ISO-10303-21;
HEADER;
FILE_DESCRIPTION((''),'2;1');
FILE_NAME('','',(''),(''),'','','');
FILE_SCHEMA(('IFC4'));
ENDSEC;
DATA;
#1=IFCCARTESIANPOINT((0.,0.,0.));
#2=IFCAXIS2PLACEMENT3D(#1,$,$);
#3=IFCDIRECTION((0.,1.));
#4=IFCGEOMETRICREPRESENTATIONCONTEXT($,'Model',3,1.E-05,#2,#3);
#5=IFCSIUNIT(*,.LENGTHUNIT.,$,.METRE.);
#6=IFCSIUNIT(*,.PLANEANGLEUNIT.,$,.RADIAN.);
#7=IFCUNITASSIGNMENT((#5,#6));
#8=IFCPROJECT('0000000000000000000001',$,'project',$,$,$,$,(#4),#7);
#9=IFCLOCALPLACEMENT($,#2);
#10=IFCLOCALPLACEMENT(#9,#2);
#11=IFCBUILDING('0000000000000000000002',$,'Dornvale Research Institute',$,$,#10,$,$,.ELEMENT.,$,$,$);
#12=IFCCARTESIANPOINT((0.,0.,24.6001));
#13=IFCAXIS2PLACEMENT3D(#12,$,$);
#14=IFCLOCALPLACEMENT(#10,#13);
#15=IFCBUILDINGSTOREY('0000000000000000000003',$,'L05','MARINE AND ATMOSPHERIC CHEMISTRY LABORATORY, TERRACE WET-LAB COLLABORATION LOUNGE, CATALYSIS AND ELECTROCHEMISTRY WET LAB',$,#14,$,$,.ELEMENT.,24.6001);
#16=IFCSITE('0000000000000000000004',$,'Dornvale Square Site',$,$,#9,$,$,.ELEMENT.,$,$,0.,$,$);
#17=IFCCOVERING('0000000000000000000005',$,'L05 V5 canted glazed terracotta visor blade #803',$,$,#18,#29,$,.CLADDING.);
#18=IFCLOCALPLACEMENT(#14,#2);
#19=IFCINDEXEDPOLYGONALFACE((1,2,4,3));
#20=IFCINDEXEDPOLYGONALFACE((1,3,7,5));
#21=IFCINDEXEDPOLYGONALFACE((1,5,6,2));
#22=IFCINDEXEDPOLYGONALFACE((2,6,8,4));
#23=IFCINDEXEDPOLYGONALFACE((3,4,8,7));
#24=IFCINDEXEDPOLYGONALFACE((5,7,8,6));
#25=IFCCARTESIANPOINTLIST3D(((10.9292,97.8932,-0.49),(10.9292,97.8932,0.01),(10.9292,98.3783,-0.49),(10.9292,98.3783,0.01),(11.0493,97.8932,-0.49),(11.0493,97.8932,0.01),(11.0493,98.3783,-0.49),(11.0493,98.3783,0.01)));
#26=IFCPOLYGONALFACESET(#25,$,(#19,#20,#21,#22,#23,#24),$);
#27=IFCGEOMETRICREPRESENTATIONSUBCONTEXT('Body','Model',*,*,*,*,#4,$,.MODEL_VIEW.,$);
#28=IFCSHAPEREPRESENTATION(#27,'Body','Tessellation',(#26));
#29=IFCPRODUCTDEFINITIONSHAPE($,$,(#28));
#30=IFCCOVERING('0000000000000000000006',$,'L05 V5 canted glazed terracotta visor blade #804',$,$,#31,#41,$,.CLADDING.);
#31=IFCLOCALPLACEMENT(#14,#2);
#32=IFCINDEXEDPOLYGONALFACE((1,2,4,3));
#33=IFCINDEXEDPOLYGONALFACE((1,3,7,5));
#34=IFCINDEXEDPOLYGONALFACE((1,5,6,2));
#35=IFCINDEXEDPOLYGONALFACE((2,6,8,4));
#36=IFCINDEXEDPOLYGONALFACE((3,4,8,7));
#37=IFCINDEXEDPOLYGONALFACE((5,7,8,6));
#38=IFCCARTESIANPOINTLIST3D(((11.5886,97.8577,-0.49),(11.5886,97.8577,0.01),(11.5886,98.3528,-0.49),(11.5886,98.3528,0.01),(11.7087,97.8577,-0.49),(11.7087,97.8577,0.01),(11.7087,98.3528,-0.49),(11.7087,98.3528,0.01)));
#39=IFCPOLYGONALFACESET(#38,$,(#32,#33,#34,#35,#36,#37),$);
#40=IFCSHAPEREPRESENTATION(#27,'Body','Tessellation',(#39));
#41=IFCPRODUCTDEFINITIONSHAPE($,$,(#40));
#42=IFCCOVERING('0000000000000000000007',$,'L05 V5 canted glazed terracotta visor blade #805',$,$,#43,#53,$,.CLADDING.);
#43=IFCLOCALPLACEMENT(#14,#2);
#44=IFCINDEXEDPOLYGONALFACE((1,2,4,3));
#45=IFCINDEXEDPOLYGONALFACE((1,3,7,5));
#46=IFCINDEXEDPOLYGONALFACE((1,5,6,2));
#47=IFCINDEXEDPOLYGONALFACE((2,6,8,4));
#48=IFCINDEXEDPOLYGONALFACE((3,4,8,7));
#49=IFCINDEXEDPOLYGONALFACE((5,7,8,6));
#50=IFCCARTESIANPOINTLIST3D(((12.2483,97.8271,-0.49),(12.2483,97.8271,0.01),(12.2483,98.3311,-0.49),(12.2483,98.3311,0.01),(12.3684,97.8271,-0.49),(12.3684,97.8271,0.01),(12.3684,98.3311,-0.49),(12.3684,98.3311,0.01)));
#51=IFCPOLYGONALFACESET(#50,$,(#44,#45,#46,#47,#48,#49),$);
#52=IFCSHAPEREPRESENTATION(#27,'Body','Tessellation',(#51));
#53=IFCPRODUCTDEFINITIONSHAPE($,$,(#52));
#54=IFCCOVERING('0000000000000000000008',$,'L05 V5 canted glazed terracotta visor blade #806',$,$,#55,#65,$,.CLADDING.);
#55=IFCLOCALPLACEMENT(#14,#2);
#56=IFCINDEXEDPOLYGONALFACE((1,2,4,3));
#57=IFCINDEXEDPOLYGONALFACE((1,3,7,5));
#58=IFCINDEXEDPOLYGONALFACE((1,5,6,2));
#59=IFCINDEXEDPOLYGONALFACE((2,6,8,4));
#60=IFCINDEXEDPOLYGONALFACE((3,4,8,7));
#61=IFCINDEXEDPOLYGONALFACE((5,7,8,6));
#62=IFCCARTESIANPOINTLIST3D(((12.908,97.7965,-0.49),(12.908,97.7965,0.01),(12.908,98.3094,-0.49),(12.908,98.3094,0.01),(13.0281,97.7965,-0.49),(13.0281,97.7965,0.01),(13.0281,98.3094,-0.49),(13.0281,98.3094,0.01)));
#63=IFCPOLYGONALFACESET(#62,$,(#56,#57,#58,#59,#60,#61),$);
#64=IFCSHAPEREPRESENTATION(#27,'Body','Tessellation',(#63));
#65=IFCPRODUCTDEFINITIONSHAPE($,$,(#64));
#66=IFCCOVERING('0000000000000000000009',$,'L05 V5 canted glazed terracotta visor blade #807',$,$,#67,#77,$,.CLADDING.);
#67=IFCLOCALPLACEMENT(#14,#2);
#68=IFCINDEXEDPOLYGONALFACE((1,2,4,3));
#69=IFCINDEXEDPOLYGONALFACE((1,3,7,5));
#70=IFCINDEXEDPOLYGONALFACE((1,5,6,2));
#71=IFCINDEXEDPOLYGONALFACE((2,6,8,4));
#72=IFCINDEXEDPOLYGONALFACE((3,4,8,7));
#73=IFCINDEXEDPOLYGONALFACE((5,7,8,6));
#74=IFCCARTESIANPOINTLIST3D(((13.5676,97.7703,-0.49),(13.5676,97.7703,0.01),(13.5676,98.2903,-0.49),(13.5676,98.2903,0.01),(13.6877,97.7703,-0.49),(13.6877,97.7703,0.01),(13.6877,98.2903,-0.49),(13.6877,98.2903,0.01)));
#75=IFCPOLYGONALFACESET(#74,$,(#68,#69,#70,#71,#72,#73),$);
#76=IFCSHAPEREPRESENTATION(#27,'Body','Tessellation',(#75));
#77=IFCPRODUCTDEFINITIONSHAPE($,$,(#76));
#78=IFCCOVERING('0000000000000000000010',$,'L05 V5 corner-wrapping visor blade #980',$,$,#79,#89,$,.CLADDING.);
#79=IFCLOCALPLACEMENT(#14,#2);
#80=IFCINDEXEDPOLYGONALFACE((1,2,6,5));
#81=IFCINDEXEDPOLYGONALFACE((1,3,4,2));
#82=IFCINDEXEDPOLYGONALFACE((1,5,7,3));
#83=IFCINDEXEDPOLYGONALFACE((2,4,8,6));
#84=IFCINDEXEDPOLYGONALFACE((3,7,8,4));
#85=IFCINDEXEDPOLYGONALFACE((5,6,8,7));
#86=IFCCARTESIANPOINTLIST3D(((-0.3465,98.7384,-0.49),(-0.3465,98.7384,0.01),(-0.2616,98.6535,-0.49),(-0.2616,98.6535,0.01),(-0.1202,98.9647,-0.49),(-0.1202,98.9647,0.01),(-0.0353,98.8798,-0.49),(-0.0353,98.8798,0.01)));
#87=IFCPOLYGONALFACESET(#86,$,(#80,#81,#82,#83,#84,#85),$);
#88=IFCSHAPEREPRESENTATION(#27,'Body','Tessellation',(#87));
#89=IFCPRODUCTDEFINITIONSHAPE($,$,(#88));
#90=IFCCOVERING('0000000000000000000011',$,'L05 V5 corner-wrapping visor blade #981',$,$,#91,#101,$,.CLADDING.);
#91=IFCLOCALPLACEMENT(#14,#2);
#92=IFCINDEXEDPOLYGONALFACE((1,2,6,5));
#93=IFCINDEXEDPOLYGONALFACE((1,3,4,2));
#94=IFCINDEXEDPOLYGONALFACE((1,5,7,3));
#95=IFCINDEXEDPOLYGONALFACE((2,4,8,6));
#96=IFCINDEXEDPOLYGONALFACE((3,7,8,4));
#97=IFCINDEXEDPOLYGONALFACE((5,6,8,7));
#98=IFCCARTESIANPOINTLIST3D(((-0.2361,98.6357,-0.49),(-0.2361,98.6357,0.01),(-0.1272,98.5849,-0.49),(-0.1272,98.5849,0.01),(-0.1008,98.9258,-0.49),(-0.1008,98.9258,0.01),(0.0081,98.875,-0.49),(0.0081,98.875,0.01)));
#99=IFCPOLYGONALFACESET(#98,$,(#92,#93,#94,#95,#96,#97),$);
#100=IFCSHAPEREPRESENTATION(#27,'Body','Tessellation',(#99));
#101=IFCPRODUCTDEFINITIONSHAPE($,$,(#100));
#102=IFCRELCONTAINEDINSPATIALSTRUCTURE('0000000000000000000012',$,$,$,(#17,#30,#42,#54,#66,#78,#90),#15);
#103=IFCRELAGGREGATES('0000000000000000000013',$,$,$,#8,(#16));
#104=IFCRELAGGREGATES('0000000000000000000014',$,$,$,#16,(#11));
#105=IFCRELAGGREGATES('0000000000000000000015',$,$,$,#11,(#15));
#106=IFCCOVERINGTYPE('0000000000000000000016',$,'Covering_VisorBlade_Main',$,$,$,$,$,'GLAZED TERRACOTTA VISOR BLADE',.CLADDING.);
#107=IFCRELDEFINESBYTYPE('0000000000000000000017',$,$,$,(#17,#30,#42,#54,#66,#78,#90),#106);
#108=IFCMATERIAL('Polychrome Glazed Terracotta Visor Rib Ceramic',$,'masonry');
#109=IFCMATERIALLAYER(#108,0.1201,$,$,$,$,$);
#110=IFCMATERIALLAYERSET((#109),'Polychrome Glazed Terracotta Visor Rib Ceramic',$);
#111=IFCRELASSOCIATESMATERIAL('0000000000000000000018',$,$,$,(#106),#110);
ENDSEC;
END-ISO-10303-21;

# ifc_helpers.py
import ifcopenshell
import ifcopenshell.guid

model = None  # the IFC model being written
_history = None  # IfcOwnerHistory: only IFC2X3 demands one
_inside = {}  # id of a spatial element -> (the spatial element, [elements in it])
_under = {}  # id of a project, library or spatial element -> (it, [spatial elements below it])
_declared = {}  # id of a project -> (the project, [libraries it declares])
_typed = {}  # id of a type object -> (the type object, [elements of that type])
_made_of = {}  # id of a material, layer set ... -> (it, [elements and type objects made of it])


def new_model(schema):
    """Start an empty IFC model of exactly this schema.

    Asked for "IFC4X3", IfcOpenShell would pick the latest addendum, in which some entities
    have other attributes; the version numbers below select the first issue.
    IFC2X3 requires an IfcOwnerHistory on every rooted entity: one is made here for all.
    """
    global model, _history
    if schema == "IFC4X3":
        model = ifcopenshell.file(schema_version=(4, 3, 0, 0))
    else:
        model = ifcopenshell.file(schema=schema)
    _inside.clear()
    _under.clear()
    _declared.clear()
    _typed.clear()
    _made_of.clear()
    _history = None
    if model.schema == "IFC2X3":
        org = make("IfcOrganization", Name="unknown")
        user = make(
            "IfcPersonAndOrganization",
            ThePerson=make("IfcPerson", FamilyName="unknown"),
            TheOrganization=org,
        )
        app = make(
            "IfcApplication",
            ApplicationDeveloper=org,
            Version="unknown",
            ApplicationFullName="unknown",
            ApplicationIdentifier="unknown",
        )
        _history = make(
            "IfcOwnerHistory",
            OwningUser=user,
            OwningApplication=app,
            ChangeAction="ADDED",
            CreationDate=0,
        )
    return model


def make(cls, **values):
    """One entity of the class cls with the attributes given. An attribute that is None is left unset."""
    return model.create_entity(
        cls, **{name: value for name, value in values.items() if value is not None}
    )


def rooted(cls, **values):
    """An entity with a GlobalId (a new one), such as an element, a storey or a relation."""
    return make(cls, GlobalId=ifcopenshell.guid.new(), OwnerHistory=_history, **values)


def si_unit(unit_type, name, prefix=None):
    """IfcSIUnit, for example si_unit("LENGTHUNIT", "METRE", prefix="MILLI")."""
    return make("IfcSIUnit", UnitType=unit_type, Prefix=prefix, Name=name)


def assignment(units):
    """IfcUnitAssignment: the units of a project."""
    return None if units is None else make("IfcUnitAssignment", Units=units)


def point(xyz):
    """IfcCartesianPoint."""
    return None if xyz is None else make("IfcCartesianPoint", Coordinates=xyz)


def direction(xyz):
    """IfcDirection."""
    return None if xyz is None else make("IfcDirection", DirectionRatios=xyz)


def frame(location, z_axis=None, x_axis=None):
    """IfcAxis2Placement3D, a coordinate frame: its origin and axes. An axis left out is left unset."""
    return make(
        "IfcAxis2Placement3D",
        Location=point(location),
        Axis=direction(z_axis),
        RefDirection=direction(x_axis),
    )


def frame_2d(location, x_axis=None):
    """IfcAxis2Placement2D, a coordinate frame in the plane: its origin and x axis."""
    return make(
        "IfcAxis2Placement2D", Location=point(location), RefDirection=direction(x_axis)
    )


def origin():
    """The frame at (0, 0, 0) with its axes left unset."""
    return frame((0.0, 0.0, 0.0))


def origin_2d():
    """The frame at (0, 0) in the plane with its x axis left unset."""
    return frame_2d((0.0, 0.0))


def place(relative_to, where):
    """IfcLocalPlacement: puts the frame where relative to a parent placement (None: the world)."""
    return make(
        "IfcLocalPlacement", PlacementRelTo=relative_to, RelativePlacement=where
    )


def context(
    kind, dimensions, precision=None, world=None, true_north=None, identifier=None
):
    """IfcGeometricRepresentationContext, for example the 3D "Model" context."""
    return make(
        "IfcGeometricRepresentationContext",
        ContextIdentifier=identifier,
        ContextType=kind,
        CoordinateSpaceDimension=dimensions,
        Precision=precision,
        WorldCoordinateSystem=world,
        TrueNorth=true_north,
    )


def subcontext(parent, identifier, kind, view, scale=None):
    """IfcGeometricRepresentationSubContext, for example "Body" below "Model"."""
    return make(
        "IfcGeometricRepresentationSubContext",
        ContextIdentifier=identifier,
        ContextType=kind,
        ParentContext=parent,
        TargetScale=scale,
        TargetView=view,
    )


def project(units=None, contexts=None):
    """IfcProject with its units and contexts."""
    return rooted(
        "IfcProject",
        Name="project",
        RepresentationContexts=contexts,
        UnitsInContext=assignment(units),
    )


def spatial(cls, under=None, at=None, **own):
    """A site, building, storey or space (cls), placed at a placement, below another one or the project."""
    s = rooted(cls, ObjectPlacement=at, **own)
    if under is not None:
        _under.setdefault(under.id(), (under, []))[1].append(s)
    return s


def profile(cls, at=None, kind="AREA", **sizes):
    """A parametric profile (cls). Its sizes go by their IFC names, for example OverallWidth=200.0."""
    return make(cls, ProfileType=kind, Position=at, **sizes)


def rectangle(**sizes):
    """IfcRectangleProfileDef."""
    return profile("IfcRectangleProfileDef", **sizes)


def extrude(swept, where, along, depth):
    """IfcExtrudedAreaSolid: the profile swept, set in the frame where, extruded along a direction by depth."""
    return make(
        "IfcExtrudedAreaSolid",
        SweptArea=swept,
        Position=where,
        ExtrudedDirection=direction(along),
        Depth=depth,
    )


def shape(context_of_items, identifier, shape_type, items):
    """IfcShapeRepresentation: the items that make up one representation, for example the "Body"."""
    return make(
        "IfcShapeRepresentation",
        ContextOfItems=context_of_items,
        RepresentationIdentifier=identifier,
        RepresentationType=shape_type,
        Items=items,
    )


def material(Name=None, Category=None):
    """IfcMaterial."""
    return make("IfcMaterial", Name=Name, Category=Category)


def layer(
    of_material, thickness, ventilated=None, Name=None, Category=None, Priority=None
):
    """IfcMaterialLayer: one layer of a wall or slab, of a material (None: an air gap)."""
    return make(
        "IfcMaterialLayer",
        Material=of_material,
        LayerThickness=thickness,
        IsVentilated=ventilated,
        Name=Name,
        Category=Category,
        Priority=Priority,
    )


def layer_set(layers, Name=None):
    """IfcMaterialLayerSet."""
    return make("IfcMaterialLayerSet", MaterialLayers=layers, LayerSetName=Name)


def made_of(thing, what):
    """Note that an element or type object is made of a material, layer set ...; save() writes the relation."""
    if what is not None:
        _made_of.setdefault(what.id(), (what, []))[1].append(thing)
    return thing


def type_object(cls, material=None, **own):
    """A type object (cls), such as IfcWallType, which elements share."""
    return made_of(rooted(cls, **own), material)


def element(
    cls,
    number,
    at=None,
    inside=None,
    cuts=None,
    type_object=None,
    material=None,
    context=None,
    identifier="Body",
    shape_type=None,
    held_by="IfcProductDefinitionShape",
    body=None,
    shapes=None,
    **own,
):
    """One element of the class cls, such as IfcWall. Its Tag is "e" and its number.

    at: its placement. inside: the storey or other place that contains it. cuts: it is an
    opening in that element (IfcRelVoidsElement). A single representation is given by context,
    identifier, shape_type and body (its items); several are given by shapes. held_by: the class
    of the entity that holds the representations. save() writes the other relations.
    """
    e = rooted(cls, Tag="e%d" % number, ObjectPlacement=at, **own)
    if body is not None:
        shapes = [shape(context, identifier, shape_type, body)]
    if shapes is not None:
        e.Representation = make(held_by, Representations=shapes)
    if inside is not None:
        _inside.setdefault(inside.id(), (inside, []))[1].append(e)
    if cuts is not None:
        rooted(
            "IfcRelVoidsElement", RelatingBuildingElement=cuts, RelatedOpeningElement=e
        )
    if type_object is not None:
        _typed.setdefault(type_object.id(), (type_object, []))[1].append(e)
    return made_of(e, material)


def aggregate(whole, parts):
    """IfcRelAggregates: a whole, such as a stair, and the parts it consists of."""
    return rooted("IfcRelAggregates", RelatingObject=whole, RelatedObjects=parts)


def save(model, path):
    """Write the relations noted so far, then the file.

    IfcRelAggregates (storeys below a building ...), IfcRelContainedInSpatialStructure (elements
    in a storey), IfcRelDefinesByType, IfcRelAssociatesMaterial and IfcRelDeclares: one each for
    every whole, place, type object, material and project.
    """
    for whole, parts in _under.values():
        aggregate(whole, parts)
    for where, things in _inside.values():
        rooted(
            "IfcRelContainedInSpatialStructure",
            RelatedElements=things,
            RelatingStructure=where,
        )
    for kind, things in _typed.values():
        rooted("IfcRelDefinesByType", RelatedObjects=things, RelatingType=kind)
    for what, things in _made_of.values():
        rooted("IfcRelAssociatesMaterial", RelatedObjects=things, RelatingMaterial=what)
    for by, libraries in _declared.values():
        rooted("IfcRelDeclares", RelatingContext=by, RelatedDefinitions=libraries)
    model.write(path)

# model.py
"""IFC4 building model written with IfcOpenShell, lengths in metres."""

from ifc_helpers import new_model, si_unit, direction, frame, origin, origin_2d, place, context, subcontext, project, spatial, rectangle, extrude, material, layer, layer_set, type_object, element, save


model = new_model("IFC4")

# Units and contexts
model_context = context("Model", 3, precision=1e-05, world=origin(), true_north=direction((0.0, 1.0)))
body_context = subcontext(model_context, "Body", "Model", "MODEL_VIEW")
ifc_project = project(units=[si_unit("LENGTHUNIT", "METRE"), si_unit("PLANEANGLEUNIT", "RADIAN")], contexts=[model_context])

# Site, building, storey
site_placement = place(None, origin())
site = spatial("IfcSite", under=ifc_project, at=site_placement, Name="Dornvale Square Site", CompositionType="ELEMENT", RefElevation=0.0)
building_placement = place(site_placement, origin())
building = spatial("IfcBuilding", under=site, at=building_placement, Name="Dornvale Research Institute", CompositionType="ELEMENT")
storey_placement = place(building_placement, frame((0.0, 0.0, 24.6001)))
storey = spatial("IfcBuildingStorey", under=building, at=storey_placement, Name="L05", Description="MARINE AND ATMOSPHERIC CHEMISTRY LABORATORY, TERRACE WET-LAB COLLABORATION LOUNGE, CATALYSIS AND ELECTROCHEMISTRY WET LAB", CompositionType="ELEMENT", Elevation=24.6001)

# Coverings
ifc_material = material(Name="Polychrome Glazed Terracotta Visor Rib Ceramic", Category="masonry")
ifc_layer = layer(ifc_material, 0.1201)
ifc_layer_set = layer_set([ifc_layer], Name="Polychrome Glazed Terracotta Visor Rib Ceramic")
covering_type = type_object("IfcCoveringType", Name="Covering_VisorBlade_Main", ElementType="GLAZED TERRACOTTA VISOR BLADE", PredefinedType="CLADDING", material=ifc_layer_set)
covering_1_placement = place(storey_placement, frame((10.9893, 98.1357, -0.49), z_axis=(0.0, 0.0, 1.0), x_axis=(0.0, 1.0, 0.0)))
element("IfcCovering", 1, at=covering_1_placement, inside=storey, type_object=covering_type, Name="L05 V5 canted glazed terracotta visor blade #803", PredefinedType="CLADDING", context=body_context, shape_type="SweptSolid", body=[
    extrude(rectangle(XDim=0.4851, YDim=0.1201, at=origin_2d()), origin(), (0.0, 0.0, 1.0), 0.5),
])
covering_2_placement = place(storey_placement, frame((11.6487, 98.1052, -0.49), z_axis=(0.0, 0.0, 1.0), x_axis=(0.0, 1.0, 0.0)))
element("IfcCovering", 2, at=covering_2_placement, inside=storey, type_object=covering_type, Name="L05 V5 canted glazed terracotta visor blade #804", PredefinedType="CLADDING", context=body_context, shape_type="SweptSolid", body=[
    extrude(rectangle(XDim=0.4951, YDim=0.1201, at=origin_2d()), origin(), (0.0, 0.0, 1.0), 0.5),
])
covering_3_placement = place(storey_placement, frame((12.3083, 98.0791, -0.49), z_axis=(0.0, 0.0, 1.0), x_axis=(0.0, 1.0, 0.0)))
element("IfcCovering", 3, at=covering_3_placement, inside=storey, type_object=covering_type, Name="L05 V5 canted glazed terracotta visor blade #805", PredefinedType="CLADDING", context=body_context, shape_type="SweptSolid", body=[
    extrude(rectangle(XDim=0.5039, YDim=0.1201, at=origin_2d()), origin(), (0.0, 0.0, 1.0), 0.5),
])
covering_4_placement = place(storey_placement, frame((12.968, 98.053, -0.49), z_axis=(0.0, 0.0, 1.0), x_axis=(0.0, 1.0, 0.0)))
element("IfcCovering", 4, at=covering_4_placement, inside=storey, type_object=covering_type, Name="L05 V5 canted glazed terracotta visor blade #806", PredefinedType="CLADDING", context=body_context, shape_type="SweptSolid", body=[
    extrude(rectangle(XDim=0.5129, YDim=0.1201, at=origin_2d()), origin(), (0.0, 0.0, 1.0), 0.5),
])
covering_5_placement = place(storey_placement, frame((13.6277, 98.0303, -0.49), z_axis=(0.0, 0.0, 1.0), x_axis=(0.0, 1.0, 0.0)))
element("IfcCovering", 5, at=covering_5_placement, inside=storey, type_object=covering_type, Name="L05 V5 canted glazed terracotta visor blade #807", PredefinedType="CLADDING", context=body_context, shape_type="SweptSolid", body=[
    extrude(rectangle(XDim=0.52, YDim=0.1201, at=origin_2d()), origin(), (0.0, 0.0, 1.0), 0.5),
])
for number, where, z_axis, x_axis, name in (
    (6, (-0.1909, 98.8091, -0.49), (0.0, 0.0, 1.0), (-0.707107, -0.707107, 0.0), "L05 V5 corner-wrapping visor blade #980"),
    (7, (-0.114, 98.7554, -0.49), (0.0, 0.0, 1.0), (-0.422618, -0.906308, 0.0), "L05 V5 corner-wrapping visor blade #981"),
):
    element("IfcCovering", number, at=place(storey_placement, frame(where, z_axis=z_axis, x_axis=x_axis)), inside=storey, type_object=covering_type, Name=name, PredefinedType="CLADDING", context=body_context, shape_type="SweptSolid", body=[
        extrude(rectangle(XDim=0.3201, YDim=0.1201, at=origin_2d()), origin(), (0.0, 0.0, 1.0), 0.5),
    ])

save(model, "model.ifc")
